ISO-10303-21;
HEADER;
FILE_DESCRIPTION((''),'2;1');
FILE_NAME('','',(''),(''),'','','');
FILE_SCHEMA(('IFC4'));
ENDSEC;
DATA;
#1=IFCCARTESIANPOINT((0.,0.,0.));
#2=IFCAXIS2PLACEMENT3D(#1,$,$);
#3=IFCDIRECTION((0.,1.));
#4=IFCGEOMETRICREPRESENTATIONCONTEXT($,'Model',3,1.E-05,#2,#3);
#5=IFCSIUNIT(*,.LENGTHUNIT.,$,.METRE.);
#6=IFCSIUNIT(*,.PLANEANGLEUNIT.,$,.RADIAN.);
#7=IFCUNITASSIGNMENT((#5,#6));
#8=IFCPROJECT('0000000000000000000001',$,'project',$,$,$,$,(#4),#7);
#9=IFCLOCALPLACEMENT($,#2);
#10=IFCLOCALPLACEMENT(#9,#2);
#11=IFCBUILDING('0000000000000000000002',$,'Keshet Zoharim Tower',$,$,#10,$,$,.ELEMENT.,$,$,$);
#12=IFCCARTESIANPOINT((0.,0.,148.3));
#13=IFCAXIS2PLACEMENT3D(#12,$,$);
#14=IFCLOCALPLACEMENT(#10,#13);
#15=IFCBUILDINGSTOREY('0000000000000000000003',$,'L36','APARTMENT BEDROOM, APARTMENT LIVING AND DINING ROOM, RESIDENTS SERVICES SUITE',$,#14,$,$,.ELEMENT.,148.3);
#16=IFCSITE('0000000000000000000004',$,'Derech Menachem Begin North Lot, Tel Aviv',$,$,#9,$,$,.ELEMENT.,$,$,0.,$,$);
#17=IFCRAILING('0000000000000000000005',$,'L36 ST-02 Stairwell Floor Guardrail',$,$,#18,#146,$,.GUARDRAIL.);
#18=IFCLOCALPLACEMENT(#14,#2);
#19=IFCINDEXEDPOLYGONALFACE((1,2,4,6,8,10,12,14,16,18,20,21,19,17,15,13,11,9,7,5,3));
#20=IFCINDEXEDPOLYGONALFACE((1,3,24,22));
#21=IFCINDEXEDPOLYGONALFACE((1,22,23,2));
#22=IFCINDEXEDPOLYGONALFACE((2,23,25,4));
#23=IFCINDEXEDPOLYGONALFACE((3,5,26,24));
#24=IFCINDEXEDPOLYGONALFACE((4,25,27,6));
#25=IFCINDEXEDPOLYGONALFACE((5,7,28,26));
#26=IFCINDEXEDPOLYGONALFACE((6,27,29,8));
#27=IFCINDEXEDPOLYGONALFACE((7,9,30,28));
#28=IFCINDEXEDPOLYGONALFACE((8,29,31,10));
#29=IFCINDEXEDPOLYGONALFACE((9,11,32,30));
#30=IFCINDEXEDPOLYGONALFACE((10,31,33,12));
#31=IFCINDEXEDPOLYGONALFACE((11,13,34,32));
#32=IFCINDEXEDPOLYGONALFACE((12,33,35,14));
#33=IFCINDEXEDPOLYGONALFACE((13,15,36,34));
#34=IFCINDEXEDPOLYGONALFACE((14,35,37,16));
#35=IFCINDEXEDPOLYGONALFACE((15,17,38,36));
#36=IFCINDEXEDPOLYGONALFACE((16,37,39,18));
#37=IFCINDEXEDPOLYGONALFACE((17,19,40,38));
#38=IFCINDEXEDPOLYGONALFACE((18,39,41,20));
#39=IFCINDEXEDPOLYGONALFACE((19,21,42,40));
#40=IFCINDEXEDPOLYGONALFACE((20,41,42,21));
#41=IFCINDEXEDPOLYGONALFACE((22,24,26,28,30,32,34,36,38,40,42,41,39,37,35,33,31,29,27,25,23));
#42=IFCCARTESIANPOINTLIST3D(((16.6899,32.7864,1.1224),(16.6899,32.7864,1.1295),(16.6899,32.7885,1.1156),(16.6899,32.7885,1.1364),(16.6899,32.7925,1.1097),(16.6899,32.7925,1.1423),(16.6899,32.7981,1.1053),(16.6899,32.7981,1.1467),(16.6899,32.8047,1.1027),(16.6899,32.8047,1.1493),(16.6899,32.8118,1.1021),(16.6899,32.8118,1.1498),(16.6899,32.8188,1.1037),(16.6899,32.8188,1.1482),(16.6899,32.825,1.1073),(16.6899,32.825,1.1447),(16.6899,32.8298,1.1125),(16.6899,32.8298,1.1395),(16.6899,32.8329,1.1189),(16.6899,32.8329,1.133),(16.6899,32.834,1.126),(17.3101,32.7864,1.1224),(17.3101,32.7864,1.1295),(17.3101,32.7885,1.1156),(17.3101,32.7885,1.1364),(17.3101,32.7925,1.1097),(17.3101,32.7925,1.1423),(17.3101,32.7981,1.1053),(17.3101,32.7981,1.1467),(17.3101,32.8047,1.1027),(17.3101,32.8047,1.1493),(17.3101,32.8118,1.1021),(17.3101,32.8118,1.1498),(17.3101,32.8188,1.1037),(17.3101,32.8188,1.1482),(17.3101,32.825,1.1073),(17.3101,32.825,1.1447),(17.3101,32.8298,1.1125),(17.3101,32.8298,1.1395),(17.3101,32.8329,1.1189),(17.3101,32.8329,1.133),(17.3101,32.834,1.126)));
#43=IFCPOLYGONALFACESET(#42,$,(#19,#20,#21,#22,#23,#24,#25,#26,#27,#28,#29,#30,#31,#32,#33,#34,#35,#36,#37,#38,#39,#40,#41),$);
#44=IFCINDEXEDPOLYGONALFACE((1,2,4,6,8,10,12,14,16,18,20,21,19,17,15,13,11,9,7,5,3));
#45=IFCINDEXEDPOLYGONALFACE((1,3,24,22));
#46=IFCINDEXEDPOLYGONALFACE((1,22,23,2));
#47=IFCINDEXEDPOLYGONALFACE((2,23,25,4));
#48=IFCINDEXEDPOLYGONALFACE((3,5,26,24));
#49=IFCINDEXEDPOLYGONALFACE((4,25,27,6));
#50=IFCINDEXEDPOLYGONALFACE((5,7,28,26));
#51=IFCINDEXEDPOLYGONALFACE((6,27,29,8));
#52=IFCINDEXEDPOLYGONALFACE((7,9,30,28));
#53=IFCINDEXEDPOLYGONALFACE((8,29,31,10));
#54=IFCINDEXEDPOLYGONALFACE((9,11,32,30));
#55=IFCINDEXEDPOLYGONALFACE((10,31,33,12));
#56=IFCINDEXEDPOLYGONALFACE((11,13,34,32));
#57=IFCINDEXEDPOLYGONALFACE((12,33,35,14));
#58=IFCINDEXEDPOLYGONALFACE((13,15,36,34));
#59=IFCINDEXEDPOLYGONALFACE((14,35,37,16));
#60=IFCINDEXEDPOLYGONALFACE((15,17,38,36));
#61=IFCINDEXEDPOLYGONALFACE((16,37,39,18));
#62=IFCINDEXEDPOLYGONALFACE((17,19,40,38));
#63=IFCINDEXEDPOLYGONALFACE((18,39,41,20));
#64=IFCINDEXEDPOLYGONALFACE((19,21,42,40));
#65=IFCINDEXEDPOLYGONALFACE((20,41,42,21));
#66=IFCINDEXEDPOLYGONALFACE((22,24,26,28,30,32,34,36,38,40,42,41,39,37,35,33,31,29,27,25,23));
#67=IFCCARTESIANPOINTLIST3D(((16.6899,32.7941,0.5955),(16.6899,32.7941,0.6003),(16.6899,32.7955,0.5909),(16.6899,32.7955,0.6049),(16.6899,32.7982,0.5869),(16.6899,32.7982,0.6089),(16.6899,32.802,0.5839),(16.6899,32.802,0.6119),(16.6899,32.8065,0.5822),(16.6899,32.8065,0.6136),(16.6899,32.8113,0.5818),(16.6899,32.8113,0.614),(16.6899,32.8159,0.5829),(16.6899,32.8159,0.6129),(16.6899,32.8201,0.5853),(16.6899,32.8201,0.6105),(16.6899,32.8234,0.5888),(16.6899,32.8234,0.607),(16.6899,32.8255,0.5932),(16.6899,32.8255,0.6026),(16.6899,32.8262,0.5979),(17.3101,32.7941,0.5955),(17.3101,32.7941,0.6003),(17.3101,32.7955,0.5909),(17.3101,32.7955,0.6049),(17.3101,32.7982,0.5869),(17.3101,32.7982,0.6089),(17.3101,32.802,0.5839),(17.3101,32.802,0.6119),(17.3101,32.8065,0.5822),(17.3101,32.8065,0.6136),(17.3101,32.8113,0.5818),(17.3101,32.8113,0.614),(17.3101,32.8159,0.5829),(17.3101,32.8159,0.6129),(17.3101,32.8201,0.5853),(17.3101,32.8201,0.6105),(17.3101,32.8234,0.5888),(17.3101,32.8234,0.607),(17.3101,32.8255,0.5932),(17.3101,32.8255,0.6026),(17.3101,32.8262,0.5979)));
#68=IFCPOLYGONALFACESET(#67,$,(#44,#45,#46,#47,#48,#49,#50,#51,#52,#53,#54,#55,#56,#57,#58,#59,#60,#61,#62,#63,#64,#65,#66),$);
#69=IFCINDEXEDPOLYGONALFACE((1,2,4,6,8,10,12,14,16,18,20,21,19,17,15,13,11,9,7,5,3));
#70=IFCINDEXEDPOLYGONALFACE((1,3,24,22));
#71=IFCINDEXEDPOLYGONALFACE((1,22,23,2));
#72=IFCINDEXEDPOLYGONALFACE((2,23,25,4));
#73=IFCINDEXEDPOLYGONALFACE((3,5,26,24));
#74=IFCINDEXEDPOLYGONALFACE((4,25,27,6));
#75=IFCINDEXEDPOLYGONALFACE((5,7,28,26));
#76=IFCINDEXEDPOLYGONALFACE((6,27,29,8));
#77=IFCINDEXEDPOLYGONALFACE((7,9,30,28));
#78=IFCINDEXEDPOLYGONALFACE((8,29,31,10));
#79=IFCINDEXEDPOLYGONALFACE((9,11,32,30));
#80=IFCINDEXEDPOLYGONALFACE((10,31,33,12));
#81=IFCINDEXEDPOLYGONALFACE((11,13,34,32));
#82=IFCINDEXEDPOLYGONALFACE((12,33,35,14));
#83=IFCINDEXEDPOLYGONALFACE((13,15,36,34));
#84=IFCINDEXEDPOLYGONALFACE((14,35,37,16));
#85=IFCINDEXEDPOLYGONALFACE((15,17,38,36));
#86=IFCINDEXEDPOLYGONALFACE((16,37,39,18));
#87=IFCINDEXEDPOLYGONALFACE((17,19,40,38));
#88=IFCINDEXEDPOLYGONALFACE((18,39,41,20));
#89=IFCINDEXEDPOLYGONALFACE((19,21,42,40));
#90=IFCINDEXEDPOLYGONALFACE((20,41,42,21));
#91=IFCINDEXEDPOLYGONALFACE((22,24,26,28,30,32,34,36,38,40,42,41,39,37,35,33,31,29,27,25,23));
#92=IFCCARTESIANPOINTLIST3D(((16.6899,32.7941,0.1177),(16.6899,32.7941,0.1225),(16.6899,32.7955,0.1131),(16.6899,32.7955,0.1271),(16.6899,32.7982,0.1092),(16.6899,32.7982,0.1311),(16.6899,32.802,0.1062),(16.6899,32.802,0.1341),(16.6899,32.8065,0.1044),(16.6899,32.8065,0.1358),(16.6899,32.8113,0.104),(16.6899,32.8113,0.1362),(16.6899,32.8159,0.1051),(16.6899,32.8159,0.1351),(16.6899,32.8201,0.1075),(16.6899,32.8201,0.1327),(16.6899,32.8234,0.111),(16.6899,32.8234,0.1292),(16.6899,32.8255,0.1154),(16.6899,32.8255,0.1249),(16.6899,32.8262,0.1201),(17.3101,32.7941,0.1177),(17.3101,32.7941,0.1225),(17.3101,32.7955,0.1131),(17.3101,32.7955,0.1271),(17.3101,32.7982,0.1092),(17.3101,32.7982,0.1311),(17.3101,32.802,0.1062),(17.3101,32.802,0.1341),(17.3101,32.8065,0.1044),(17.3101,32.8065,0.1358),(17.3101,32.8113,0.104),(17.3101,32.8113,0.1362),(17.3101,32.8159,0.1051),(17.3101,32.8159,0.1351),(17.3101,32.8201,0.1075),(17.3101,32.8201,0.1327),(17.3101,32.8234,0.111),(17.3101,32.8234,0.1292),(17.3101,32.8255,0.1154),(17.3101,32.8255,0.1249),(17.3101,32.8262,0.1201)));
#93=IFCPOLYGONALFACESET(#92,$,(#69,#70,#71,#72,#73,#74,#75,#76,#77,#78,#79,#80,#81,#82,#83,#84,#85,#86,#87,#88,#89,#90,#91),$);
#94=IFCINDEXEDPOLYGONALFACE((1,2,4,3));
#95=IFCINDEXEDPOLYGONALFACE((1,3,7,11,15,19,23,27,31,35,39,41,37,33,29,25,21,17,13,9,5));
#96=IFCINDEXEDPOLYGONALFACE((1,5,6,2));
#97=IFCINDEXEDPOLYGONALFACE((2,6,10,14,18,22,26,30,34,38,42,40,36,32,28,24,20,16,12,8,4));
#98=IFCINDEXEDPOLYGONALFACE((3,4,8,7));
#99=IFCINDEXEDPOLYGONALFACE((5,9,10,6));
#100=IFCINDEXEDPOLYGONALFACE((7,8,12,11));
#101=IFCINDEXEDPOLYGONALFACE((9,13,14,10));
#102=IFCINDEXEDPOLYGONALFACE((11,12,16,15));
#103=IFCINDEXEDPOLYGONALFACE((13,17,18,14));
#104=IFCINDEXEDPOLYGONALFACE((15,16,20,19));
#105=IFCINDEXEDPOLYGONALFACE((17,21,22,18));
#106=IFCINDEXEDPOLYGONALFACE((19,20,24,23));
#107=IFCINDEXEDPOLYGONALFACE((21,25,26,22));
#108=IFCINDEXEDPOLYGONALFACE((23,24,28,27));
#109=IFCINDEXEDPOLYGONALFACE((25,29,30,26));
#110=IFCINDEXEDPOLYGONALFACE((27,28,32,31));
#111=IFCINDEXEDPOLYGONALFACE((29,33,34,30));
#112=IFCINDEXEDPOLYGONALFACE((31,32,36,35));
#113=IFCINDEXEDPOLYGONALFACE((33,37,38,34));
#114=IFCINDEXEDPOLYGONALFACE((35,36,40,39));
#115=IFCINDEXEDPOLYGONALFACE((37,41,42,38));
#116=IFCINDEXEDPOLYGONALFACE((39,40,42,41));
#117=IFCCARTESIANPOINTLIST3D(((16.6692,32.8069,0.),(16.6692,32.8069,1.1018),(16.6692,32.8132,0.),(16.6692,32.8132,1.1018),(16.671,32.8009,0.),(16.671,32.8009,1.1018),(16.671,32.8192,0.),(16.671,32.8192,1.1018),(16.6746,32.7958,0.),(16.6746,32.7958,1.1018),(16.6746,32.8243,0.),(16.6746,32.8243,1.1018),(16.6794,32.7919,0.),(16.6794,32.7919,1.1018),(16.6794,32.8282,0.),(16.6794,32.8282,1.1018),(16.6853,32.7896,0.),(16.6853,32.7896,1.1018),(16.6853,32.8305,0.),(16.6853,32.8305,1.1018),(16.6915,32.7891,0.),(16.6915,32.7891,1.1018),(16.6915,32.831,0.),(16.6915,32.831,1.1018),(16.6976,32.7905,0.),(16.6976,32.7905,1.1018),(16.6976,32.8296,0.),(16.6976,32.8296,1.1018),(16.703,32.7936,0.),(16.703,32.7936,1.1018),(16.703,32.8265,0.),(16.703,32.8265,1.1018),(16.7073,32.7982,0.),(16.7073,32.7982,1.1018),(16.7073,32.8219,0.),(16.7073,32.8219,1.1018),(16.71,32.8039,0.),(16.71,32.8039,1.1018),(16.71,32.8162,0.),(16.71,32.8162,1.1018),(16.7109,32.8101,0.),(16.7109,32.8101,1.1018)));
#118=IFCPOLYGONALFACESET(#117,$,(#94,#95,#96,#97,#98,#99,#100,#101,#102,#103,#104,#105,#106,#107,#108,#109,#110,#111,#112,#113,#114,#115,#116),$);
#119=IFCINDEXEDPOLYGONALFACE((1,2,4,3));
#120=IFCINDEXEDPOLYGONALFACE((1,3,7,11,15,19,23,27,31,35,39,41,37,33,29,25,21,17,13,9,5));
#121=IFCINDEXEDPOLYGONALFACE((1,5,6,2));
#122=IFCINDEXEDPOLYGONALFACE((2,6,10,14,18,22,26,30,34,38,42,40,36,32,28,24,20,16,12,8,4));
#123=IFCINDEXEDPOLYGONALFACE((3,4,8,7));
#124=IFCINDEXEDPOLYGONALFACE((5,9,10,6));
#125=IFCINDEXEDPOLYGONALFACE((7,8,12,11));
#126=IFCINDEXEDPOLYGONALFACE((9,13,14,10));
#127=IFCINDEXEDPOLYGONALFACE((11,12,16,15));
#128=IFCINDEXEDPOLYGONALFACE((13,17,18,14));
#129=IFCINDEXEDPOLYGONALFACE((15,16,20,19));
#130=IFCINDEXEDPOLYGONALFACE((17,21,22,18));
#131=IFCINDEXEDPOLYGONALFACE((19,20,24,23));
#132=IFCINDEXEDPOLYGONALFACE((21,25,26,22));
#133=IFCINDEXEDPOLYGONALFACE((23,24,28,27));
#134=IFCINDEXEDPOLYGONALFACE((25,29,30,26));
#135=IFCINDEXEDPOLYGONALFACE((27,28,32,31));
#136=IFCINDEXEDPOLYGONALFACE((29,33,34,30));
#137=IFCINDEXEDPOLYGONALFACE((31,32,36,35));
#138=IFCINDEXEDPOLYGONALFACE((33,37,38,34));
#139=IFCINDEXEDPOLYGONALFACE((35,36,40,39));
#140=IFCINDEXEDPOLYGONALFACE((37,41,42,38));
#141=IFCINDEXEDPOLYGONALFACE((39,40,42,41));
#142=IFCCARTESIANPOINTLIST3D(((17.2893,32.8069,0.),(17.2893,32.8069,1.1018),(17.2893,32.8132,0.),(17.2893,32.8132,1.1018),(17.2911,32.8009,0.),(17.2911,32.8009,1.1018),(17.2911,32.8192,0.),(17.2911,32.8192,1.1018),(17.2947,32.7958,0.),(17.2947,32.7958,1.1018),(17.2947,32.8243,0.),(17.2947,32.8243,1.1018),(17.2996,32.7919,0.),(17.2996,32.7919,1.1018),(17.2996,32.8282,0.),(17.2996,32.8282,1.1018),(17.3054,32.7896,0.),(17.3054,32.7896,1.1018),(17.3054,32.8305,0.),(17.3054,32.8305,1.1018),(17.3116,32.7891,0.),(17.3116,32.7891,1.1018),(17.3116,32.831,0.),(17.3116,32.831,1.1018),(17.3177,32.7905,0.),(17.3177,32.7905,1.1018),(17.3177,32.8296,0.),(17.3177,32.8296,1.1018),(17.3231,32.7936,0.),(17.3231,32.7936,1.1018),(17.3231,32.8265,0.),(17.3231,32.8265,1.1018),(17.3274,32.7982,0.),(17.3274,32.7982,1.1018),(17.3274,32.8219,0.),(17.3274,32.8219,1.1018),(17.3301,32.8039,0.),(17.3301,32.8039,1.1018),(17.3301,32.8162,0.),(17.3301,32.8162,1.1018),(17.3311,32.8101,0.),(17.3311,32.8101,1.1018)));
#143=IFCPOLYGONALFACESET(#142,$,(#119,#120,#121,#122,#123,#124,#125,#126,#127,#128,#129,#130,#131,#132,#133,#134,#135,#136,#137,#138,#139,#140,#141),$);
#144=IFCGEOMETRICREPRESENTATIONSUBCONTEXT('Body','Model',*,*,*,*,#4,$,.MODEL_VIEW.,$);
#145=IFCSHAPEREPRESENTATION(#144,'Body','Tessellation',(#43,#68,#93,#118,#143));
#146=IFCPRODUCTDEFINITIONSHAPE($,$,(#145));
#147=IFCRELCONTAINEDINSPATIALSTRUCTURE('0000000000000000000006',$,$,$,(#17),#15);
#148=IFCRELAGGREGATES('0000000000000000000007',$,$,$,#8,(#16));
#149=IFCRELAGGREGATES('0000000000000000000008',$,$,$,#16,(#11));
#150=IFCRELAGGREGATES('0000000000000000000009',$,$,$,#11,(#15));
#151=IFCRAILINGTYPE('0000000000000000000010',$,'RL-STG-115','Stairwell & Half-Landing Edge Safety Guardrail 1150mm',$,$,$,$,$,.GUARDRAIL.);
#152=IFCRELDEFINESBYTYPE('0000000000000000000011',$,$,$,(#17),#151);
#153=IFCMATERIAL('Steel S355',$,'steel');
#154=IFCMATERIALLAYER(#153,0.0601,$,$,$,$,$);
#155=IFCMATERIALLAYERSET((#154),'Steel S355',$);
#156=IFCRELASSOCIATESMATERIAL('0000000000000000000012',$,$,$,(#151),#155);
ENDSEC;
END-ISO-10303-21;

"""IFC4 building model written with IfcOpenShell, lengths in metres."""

from ifc_helpers import new_model, si_unit, direction, frame, origin, origin_2d, place, context, subcontext, project, spatial, circle, extrude, material, layer, layer_set, type_object, element, save


model = new_model("IFC4")

# Units and contexts
model_context = context("Model", 3, precision=1e-05, world=origin(), true_north=direction((0.0, 1.0)))
body_context = subcontext(model_context, "Body", "Model", "MODEL_VIEW")
ifc_project = project(units=[si_unit("LENGTHUNIT", "METRE"), si_unit("PLANEANGLEUNIT", "RADIAN")], contexts=[model_context])

# Site, building, storey
site_placement = place(None, origin())
site = spatial("IfcSite", under=ifc_project, at=site_placement, Name="Derech Menachem Begin North Lot, Tel Aviv", CompositionType="ELEMENT", RefElevation=0.0)
building_placement = place(site_placement, origin())
building = spatial("IfcBuilding", under=site, at=building_placement, Name="Keshet Zoharim Tower", CompositionType="ELEMENT")
storey_placement = place(building_placement, frame((0.0, 0.0, 148.3)))
storey = spatial("IfcBuildingStorey", under=building, at=storey_placement, Name="L36", Description="APARTMENT BEDROOM, APARTMENT LIVING AND DINING ROOM, RESIDENTS SERVICES SUITE", CompositionType="ELEMENT", Elevation=148.3)

# Shared definitions
ifc_material_1 = material(Name="Steel S355", Category="steel")

# Railing
ifc_layer_1 = layer(ifc_material_1, 0.0601)
ifc_layer_set_1 = layer_set([ifc_layer_1], Name="Steel S355")
railing_type_1 = type_object("IfcRailingType", Name="RL-STG-115", Description="Stairwell & Half-Landing Edge Safety Guardrail 1150mm", PredefinedType="GUARDRAIL", material=ifc_layer_set_1)
railing_1_placement = place(storey_placement, frame((16.6899, 32.8101, 0.0)))
element("IfcRailing", 1, at=railing_1_placement, inside=storey, type_object=railing_type_1, Name="L36 ST-02 Stairwell Floor Guardrail", PredefinedType="GUARDRAIL", context=body_context, shape_type="SweptSolid", body=[
    extrude(circle(Radius=0.0239, at=origin_2d()), frame((0.0, 0.0, 1.126), z_axis=(1.0, 0.0, 0.0), x_axis=(0.0, 1.0, 0.0)), (0.0, 0.0, 1.0), 0.6201),
    extrude(circle(Radius=0.0161, at=origin_2d()), frame((0.0, 0.0, 0.5979), z_axis=(1.0, 0.0, 0.0), x_axis=(0.0, 1.0, 0.0)), (0.0, 0.0, 1.0), 0.6201),
    extrude(circle(Radius=0.0161, at=origin_2d()), frame((0.0, 0.0, 0.1201), z_axis=(1.0, 0.0, 0.0), x_axis=(0.0, 1.0, 0.0)), (0.0, 0.0, 1.0), 0.6201),
    extrude(circle(Radius=0.021, at=origin_2d()), origin(), (0.0, 0.0, 1.0), 1.1018),
    extrude(circle(Radius=0.021, at=origin_2d()), frame((0.6201, 0.0, 0.0)), (0.0, 0.0, 1.0), 1.1018),
])

save(model, "model.ifc")
